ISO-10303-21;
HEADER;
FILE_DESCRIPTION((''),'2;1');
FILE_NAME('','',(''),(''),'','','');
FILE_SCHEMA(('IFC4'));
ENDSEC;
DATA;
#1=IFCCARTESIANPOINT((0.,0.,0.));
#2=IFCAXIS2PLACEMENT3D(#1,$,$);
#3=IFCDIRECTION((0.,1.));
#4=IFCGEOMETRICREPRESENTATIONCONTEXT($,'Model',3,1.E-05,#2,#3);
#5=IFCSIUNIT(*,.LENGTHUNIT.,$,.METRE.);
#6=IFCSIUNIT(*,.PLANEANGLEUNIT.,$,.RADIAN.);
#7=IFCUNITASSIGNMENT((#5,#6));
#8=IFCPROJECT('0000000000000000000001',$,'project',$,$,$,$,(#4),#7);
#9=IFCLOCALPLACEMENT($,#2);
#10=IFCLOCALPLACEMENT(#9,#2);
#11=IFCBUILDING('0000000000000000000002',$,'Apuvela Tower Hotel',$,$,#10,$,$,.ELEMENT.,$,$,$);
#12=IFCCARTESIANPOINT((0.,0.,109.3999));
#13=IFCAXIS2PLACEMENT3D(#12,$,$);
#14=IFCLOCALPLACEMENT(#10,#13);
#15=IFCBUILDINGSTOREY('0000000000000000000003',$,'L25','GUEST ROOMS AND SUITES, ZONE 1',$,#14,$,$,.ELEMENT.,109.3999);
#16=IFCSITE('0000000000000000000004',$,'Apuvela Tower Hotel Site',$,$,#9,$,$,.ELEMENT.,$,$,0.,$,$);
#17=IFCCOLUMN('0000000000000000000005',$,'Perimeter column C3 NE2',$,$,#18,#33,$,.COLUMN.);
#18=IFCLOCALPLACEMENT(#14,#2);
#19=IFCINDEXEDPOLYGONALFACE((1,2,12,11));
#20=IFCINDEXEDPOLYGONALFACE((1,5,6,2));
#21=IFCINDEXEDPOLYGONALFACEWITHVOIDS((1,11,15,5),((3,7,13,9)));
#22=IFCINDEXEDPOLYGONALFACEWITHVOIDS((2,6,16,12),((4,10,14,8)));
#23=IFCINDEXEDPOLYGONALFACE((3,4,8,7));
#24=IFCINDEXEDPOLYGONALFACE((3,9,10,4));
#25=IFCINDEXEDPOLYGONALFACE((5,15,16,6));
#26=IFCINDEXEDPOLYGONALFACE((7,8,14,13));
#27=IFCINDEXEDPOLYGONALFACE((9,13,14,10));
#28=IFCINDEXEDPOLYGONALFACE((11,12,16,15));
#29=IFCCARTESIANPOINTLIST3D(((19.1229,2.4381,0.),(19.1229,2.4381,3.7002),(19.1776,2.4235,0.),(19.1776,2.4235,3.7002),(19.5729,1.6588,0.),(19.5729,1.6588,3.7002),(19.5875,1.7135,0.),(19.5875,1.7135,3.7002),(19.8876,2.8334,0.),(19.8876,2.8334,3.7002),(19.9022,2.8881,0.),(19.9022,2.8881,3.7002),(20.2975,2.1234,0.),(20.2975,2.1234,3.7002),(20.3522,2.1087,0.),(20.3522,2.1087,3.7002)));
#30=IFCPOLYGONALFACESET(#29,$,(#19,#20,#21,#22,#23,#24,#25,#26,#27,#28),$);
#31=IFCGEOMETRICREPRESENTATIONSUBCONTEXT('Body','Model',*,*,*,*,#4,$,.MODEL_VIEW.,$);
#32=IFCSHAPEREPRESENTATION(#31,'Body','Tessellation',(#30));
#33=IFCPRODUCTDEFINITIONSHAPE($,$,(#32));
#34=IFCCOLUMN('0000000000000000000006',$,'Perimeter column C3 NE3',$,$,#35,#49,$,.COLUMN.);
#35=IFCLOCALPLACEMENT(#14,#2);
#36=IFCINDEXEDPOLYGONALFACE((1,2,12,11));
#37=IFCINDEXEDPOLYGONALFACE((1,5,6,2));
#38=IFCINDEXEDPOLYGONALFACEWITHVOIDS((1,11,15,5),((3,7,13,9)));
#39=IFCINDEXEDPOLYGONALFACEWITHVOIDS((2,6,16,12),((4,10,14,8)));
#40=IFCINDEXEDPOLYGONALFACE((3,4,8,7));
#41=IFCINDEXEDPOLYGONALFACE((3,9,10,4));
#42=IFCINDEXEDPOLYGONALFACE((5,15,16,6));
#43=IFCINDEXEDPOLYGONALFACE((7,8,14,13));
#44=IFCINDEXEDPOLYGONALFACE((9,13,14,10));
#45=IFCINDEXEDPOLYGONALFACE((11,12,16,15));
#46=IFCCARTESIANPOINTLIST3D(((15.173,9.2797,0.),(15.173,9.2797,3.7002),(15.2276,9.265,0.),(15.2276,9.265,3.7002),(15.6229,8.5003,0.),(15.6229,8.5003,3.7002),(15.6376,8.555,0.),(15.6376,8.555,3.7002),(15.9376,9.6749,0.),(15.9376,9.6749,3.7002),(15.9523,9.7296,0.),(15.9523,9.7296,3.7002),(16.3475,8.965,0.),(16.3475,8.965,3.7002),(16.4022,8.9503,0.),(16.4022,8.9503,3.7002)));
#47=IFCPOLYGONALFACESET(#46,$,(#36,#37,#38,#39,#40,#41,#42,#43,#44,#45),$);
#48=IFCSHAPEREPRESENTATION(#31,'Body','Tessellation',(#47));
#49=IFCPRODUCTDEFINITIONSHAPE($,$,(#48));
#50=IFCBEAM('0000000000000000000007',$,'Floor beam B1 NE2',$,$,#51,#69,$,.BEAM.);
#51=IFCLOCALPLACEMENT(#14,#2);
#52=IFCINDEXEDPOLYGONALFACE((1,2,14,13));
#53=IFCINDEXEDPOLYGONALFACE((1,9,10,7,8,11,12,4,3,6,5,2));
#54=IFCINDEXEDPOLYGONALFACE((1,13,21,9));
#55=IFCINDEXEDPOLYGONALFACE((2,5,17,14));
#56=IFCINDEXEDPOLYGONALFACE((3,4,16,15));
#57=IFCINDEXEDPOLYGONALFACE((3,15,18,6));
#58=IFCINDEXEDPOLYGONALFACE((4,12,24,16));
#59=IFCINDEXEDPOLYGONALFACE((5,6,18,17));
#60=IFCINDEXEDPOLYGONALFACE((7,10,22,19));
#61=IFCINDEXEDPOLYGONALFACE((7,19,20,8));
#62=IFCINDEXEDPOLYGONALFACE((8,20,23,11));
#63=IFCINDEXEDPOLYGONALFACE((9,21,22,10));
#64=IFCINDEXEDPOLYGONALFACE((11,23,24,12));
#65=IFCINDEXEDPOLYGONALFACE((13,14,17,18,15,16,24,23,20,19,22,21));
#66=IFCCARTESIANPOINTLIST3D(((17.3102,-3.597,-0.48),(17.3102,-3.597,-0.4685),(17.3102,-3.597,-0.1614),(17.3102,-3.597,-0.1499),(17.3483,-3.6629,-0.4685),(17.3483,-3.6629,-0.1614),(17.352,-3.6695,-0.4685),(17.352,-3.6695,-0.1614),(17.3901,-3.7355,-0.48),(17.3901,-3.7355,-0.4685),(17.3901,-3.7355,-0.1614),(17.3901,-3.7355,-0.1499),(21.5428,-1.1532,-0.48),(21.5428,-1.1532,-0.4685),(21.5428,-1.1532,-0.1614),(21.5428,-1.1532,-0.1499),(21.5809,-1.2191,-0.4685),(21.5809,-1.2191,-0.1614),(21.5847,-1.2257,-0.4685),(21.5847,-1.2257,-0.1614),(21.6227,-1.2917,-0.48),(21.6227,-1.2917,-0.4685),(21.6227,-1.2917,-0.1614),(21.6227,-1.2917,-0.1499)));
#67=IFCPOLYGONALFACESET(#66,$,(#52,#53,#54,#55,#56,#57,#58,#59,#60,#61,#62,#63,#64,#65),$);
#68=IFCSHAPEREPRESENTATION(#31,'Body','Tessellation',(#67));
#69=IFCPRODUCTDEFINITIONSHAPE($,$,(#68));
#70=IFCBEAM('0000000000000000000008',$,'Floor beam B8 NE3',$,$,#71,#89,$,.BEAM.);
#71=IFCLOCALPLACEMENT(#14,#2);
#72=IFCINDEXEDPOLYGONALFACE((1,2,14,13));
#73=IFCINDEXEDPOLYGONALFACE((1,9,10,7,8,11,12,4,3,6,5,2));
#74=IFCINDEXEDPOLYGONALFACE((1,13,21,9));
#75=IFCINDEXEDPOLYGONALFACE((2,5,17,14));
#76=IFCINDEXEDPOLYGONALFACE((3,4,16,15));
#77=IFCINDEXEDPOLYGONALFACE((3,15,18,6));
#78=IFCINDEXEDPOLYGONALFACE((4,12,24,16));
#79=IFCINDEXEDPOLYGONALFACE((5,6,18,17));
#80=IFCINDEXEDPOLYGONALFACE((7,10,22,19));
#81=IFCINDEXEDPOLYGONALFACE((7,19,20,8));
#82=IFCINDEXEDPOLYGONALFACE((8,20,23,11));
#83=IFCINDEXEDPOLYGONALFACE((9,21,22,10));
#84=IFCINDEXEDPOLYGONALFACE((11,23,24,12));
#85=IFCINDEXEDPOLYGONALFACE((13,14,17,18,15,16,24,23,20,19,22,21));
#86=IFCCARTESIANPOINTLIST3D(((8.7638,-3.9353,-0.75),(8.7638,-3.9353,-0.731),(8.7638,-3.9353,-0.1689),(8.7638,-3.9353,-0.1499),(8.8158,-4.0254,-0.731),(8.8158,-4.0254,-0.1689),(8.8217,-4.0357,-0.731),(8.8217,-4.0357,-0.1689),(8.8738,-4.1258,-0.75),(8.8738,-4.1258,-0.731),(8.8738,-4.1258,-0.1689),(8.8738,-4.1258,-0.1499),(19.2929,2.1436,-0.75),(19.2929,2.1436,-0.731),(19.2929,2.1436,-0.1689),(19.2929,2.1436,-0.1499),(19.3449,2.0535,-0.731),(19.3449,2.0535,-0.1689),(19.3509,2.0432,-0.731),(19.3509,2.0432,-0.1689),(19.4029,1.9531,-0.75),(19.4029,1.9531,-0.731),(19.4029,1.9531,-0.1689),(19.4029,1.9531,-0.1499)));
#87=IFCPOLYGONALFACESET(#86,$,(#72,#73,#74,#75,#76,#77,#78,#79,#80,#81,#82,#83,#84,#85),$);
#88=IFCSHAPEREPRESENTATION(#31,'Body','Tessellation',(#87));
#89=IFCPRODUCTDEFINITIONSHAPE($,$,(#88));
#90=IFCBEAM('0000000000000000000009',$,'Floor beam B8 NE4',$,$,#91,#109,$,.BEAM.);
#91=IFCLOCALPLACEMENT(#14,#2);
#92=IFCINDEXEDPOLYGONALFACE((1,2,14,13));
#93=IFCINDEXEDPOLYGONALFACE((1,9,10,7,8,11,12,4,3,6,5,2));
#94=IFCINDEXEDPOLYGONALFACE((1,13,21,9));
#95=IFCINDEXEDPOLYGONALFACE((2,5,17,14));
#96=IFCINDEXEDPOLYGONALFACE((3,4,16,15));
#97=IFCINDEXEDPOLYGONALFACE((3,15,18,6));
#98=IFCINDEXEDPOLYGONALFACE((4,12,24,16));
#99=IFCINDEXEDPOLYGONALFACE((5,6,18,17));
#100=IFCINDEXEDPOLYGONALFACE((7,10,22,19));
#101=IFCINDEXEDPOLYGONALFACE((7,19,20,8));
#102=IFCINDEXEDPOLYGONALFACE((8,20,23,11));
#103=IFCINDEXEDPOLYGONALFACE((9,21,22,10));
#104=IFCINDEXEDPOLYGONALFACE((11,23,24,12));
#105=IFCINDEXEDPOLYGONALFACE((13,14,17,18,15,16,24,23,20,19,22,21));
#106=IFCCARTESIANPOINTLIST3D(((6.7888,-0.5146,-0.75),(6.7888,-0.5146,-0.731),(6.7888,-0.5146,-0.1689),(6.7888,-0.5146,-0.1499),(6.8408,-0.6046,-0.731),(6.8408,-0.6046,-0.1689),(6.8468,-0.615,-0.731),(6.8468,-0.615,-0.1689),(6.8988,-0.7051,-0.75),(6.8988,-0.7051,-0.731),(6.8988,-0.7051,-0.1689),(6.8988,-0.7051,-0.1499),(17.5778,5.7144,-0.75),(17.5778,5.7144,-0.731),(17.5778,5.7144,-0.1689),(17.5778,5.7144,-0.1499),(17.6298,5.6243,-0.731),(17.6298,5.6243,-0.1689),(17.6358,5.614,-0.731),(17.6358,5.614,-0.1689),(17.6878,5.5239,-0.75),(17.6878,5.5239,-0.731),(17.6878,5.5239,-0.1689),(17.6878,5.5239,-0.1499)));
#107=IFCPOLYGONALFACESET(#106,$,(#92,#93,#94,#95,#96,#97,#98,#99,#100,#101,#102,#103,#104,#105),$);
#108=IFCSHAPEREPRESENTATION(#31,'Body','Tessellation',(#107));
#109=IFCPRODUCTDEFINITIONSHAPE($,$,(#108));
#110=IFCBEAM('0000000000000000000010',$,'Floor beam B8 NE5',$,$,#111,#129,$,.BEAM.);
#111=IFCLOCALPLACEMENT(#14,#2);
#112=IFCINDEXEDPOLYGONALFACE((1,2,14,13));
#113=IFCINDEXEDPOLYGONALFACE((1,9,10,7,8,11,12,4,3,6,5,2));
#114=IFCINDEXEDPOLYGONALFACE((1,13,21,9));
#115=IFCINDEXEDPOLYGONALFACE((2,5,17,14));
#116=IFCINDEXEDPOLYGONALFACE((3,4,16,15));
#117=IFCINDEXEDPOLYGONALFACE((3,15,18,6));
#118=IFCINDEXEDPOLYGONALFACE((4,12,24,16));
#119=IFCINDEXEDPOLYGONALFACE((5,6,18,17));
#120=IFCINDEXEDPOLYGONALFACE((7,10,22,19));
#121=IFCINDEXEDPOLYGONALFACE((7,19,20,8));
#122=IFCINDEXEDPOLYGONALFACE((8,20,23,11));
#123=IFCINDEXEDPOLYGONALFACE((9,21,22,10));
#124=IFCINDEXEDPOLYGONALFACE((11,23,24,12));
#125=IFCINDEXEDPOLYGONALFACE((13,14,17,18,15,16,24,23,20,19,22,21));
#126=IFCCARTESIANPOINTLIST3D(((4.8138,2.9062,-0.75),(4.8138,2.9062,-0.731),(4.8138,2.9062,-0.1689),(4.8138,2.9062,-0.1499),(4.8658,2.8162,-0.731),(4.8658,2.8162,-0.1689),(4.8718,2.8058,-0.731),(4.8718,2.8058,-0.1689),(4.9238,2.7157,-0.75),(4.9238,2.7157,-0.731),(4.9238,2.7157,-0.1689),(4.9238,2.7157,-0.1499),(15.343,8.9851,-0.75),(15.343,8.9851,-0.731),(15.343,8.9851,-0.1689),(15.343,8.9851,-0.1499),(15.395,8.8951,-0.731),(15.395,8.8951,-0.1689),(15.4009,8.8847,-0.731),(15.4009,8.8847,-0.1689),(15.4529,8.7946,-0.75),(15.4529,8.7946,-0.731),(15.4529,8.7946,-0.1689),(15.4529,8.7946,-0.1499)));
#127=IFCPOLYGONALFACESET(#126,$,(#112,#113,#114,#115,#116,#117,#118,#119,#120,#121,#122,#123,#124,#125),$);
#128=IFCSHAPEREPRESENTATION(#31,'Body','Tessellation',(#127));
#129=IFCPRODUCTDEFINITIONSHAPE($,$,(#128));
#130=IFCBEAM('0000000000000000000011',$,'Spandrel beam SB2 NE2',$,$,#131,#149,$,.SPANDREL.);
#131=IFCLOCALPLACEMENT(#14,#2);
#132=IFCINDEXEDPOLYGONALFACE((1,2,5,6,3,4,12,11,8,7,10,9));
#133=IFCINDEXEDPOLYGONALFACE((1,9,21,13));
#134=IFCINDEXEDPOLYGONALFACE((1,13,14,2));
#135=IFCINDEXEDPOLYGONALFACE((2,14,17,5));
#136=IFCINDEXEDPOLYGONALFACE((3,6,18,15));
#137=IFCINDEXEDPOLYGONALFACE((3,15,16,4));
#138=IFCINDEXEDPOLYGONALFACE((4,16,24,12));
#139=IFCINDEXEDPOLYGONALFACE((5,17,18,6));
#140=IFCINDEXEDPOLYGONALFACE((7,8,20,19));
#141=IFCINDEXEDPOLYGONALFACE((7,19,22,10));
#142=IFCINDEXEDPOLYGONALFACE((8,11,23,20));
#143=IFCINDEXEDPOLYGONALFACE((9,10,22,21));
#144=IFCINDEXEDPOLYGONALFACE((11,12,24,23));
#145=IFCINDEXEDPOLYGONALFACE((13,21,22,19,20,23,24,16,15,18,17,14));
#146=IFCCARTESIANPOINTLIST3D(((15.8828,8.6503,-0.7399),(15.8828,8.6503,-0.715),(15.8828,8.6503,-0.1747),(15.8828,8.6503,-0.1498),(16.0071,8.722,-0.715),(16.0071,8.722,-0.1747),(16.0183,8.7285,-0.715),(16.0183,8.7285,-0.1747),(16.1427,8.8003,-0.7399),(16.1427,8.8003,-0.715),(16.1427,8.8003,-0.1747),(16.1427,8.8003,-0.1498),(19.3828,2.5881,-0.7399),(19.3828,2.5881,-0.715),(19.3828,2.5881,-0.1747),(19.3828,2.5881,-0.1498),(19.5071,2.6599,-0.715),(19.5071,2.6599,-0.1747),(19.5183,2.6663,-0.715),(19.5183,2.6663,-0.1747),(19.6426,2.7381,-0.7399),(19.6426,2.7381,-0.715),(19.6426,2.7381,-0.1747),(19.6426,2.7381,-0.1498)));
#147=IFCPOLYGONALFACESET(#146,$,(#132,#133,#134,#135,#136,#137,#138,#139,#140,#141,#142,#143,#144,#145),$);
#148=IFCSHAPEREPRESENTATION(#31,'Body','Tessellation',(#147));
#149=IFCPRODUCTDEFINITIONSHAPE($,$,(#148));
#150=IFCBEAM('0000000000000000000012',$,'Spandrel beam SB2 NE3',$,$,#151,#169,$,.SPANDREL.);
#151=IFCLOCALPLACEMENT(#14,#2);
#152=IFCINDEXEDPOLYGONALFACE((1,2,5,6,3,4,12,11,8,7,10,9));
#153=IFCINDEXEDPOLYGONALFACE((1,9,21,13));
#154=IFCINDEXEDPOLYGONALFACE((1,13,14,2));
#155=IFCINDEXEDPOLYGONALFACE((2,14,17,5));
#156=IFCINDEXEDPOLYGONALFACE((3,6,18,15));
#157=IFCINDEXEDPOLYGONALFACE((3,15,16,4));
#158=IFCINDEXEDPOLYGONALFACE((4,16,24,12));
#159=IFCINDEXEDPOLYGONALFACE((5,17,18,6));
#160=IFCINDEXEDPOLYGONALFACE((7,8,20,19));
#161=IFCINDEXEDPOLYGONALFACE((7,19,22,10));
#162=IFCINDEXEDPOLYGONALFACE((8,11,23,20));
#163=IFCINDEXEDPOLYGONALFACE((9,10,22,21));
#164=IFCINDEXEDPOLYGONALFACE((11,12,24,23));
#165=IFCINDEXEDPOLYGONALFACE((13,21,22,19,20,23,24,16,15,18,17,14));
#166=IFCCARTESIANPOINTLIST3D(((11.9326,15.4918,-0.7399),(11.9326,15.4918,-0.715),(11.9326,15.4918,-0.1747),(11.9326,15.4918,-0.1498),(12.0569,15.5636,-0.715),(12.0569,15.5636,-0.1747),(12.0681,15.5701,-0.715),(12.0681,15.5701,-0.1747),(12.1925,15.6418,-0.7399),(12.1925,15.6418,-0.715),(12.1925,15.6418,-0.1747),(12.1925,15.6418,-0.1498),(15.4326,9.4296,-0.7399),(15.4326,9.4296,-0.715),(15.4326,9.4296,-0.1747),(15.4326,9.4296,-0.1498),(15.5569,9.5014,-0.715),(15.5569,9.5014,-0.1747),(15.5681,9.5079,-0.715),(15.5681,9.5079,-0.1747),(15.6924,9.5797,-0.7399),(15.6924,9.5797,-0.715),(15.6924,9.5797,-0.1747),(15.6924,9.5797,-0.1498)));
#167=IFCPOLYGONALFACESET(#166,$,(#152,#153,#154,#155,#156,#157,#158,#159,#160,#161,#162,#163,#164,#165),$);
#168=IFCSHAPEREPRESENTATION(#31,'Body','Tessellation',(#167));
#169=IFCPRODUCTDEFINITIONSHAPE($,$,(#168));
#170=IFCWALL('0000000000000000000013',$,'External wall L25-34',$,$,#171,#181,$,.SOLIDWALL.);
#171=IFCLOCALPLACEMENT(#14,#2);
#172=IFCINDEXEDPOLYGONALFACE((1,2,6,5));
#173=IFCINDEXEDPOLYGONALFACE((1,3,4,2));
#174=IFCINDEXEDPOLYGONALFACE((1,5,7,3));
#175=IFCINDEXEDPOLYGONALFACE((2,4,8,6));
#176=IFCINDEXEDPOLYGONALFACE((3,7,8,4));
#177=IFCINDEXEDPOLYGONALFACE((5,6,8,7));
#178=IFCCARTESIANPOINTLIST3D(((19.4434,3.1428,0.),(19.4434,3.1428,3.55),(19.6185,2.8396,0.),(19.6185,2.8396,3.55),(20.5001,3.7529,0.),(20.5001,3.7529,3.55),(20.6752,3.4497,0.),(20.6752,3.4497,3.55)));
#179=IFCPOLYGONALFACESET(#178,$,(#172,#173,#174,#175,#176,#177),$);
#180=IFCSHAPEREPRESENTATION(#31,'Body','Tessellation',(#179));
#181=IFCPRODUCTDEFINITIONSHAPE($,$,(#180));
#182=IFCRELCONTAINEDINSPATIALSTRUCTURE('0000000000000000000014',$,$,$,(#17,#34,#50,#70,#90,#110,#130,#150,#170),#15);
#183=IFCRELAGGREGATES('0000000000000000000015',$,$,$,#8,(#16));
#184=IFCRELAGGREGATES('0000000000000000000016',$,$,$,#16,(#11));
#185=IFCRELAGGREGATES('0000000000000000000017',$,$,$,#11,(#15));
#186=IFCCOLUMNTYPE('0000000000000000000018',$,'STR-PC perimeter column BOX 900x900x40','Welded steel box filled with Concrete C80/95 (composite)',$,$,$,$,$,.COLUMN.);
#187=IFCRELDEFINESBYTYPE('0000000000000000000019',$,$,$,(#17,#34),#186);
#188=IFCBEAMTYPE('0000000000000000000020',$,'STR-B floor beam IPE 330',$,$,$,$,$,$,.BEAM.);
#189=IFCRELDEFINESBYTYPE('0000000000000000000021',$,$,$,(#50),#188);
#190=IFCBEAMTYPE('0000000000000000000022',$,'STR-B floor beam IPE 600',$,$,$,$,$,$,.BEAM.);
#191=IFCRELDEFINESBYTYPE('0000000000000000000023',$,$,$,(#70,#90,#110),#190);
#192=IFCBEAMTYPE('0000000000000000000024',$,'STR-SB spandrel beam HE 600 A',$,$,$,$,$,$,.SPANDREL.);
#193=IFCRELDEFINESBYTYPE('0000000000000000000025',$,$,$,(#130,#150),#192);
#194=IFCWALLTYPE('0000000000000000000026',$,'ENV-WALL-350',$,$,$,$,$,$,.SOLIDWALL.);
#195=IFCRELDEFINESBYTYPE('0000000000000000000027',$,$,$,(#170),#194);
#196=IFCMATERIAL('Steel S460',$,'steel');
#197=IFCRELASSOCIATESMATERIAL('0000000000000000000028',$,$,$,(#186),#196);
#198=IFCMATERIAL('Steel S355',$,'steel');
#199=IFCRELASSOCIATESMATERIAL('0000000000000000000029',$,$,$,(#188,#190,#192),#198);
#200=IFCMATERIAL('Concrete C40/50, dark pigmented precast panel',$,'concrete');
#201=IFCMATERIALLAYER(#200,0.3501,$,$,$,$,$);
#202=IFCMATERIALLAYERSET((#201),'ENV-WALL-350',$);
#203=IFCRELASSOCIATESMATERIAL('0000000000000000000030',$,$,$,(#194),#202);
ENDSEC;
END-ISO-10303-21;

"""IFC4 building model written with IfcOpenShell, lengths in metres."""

from ifc_helpers import new_model, si_unit, direction, frame, frame_2d, origin, origin_2d, place, context, subcontext, project, spatial, rectangle, hollow_rectangle, i_section, extrude, material, layer, layer_set, material_profile, profile_set, type_object, element, save


model = new_model("IFC4")

# Units and contexts
model_context = context("Model", 3, precision=1e-05, world=origin(), true_north=direction((0.0, 1.0)))
body_context = subcontext(model_context, "Body", "Model", "MODEL_VIEW")
ifc_project = project(units=[si_unit("LENGTHUNIT", "METRE"), si_unit("PLANEANGLEUNIT", "RADIAN")], contexts=[model_context])

# Site, building, storey
site_placement = place(None, origin())
site = spatial("IfcSite", under=ifc_project, at=site_placement, Name="Apuvela Tower Hotel Site", CompositionType="ELEMENT", RefElevation=0.0)
building_placement = place(site_placement, origin())
building = spatial("IfcBuilding", under=site, at=building_placement, Name="Apuvela Tower Hotel", CompositionType="ELEMENT")
storey_placement = place(building_placement, frame((0.0, 0.0, 109.3999)))
storey = spatial("IfcBuildingStorey", under=building, at=storey_placement, Name="L25", Description="GUEST ROOMS AND SUITES, ZONE 1", CompositionType="ELEMENT", Elevation=109.3999)

# Columns
ifc_material_1 = material(Name="Steel S460", Category="steel")
ifc_material_profile_1 = material_profile(ifc_material_1, hollow_rectangle(XDim=0.8999, YDim=0.8999, WallThickness=0.04, at=origin_2d()), Name="BOX 900x900x40")
ifc_material_2 = material(Name="Concrete C80/95", Category="concrete")
ifc_material_profile_2 = material_profile(ifc_material_2, rectangle(XDim=0.8201, YDim=0.8201, at=origin_2d()), Name="Concrete C80/95 infill")
ifc_profile_set_1 = profile_set([ifc_material_profile_1, ifc_material_profile_2], Name="Steel S460")
column_type = type_object("IfcColumnType", Name="STR-PC perimeter column BOX 900x900x40", Description="Welded steel box filled with Concrete C80/95 (composite)", PredefinedType="COLUMN", material=ifc_profile_set_1)
for number, where, z_axis, x_axis, name in (
    (1, (19.7375, 2.2734, 0.0), (0.0, 0.0, 1.0), (-0.5, 0.866025, 0.0), "Perimeter column C3 NE2"),
    (2, (15.7876, 9.115, 0.0), (0.0, 0.0, 1.0), (-0.5, 0.866025, 0.0), "Perimeter column C3 NE3"),
):
    element("IfcColumn", number, at=place(storey_placement, frame(where, z_axis=z_axis, x_axis=x_axis)), inside=storey, type_object=column_type, Name=name, PredefinedType="COLUMN", context=body_context, shape_type="SweptSolid", body=[
        extrude(hollow_rectangle(XDim=0.8999, YDim=0.8999, WallThickness=0.04, at=origin_2d()), origin(), (0.0, 0.0, 1.0), 3.7002),
    ])

# Beams
ifc_material_3 = material(Name="Steel S355", Category="steel")
ifc_material_profile_3 = material_profile(ifc_material_3, i_section(OverallWidth=0.1599, OverallDepth=0.3301, WebThickness=0.0076, FlangeThickness=0.0115, at=origin_2d()), Name="IPE 330")
ifc_profile_set_2 = profile_set([ifc_material_profile_3], Name="Steel S355")
beam_type_1 = type_object("IfcBeamType", Name="STR-B floor beam IPE 330", PredefinedType="BEAM", material=ifc_profile_set_2)
beam_1_placement = place(storey_placement, frame((21.5828, -1.2224, -0.3149), z_axis=(-0.866015, -0.500018, 0.0), x_axis=(0.500018, -0.866015, 0.0)))
element("IfcBeam", 3, at=beam_1_placement, inside=storey, type_object=beam_type_1, Name="Floor beam B1 NE2", PredefinedType="BEAM", context=body_context, shape_type="SweptSolid", body=[
    extrude(i_section(OverallWidth=0.1599, OverallDepth=0.3301, WebThickness=0.0076, FlangeThickness=0.0115, at=origin_2d()), origin(), (0.0, 0.0, 1.0), 4.8875),
])
ifc_material_profile_4 = material_profile(ifc_material_3, i_section(OverallWidth=0.22, OverallDepth=0.6001, WebThickness=0.012, FlangeThickness=0.019, at=origin_2d()), Name="IPE 600")
ifc_profile_set_3 = profile_set([ifc_material_profile_4], Name="Steel S355")
beam_type_2 = type_object("IfcBeamType", Name="STR-B floor beam IPE 600", PredefinedType="BEAM", material=ifc_profile_set_3)
beam_2_placement = place(storey_placement, frame((19.3479, 2.0483, -0.45), z_axis=(-0.866029, -0.499994, 0.0), x_axis=(0.499994, -0.866029, 0.0)))
element("IfcBeam", 4, at=beam_2_placement, inside=storey, type_object=beam_type_2, Name="Floor beam B8 NE3", PredefinedType="BEAM", context=body_context, shape_type="SweptSolid", body=[
    extrude(i_section(OverallWidth=0.22, OverallDepth=0.6001, WebThickness=0.012, FlangeThickness=0.019, at=origin_2d()), origin(), (0.0, 0.0, 1.0), 12.158),
])
beam_3_placement = place(storey_placement, frame((17.6328, 5.6191, -0.45), z_axis=(-0.866028, -0.499996, 0.0), x_axis=(0.499996, -0.866028, 0.0)))
element("IfcBeam", 5, at=beam_3_placement, inside=storey, type_object=beam_type_2, Name="Floor beam B8 NE4", PredefinedType="BEAM", context=body_context, shape_type="SweptSolid", body=[
    extrude(i_section(OverallWidth=0.22, OverallDepth=0.6001, WebThickness=0.012, FlangeThickness=0.019, at=origin_2d()), origin(), (0.0, 0.0, 1.0), 12.458),
])
beam_4_placement = place(storey_placement, frame((15.3979, 8.8899, -0.45), z_axis=(-0.866029, -0.499994, 0.0), x_axis=(0.499994, -0.866029, 0.0)))
element("IfcBeam", 6, at=beam_4_placement, inside=storey, type_object=beam_type_2, Name="Floor beam B8 NE5", PredefinedType="BEAM", context=body_context, shape_type="SweptSolid", body=[
    extrude(i_section(OverallWidth=0.22, OverallDepth=0.6001, WebThickness=0.012, FlangeThickness=0.019, at=origin_2d()), origin(), (0.0, 0.0, 1.0), 12.158),
])
ifc_material_profile_5 = material_profile(ifc_material_3, i_section(OverallWidth=0.3, OverallDepth=0.5901, WebThickness=0.0129, FlangeThickness=0.0249, at=origin_2d()), Name="HE 600 A")
ifc_profile_set_4 = profile_set([ifc_material_profile_5], Name="Steel S355")
beam_type_3 = type_object("IfcBeamType", Name="STR-SB spandrel beam HE 600 A", PredefinedType="SPANDREL", material=ifc_profile_set_4)
for number, where, z_axis, x_axis, name in (
    (7, (19.5127, 2.6631, -0.4448), (-0.499995, 0.866028, 0.0), (-0.866028, -0.499995, 0.0), "Spandrel beam SB2 NE2"),
    (8, (15.5625, 9.5046, -0.4448), (-0.499995, 0.866028, 0.0), (-0.866028, -0.499995, 0.0), "Spandrel beam SB2 NE3"),
):
    element("IfcBeam", number, at=place(storey_placement, frame(where, z_axis=z_axis, x_axis=x_axis)), inside=storey, type_object=beam_type_3, Name=name, PredefinedType="SPANDREL", context=body_context, shape_type="SweptSolid", body=[
        extrude(i_section(OverallWidth=0.3, OverallDepth=0.5901, WebThickness=0.0129, FlangeThickness=0.0249, at=origin_2d()), origin(), (0.0, 0.0, 1.0), 7.0),
    ])

# Wall
ifc_material_4 = material(Name="Concrete C40/50, dark pigmented precast panel", Category="concrete")
ifc_layer_1 = layer(ifc_material_4, 0.3501)
ifc_layer_set_1 = layer_set([ifc_layer_1], Name="ENV-WALL-350")
wall_type_1 = type_object("IfcWallType", Name="ENV-WALL-350", PredefinedType="SOLIDWALL", material=ifc_layer_set_1)
wall_1_placement = place(storey_placement, frame((20.5876, 3.6013, 0.0), z_axis=(0.0, 0.0, 1.0), x_axis=(-0.866006, -0.500034, 0.0)))
element("IfcWall", 9, at=wall_1_placement, inside=storey, type_object=wall_type_1, Name="External wall L25-34", PredefinedType="SOLIDWALL", context=body_context, shape_type="SweptSolid", body=[
    extrude(rectangle(XDim=1.2202, YDim=0.3501, at=frame_2d((0.6101, 0.0))), origin(), (0.0, 0.0, 1.0), 3.55),
])

save(model, "model.ifc")
